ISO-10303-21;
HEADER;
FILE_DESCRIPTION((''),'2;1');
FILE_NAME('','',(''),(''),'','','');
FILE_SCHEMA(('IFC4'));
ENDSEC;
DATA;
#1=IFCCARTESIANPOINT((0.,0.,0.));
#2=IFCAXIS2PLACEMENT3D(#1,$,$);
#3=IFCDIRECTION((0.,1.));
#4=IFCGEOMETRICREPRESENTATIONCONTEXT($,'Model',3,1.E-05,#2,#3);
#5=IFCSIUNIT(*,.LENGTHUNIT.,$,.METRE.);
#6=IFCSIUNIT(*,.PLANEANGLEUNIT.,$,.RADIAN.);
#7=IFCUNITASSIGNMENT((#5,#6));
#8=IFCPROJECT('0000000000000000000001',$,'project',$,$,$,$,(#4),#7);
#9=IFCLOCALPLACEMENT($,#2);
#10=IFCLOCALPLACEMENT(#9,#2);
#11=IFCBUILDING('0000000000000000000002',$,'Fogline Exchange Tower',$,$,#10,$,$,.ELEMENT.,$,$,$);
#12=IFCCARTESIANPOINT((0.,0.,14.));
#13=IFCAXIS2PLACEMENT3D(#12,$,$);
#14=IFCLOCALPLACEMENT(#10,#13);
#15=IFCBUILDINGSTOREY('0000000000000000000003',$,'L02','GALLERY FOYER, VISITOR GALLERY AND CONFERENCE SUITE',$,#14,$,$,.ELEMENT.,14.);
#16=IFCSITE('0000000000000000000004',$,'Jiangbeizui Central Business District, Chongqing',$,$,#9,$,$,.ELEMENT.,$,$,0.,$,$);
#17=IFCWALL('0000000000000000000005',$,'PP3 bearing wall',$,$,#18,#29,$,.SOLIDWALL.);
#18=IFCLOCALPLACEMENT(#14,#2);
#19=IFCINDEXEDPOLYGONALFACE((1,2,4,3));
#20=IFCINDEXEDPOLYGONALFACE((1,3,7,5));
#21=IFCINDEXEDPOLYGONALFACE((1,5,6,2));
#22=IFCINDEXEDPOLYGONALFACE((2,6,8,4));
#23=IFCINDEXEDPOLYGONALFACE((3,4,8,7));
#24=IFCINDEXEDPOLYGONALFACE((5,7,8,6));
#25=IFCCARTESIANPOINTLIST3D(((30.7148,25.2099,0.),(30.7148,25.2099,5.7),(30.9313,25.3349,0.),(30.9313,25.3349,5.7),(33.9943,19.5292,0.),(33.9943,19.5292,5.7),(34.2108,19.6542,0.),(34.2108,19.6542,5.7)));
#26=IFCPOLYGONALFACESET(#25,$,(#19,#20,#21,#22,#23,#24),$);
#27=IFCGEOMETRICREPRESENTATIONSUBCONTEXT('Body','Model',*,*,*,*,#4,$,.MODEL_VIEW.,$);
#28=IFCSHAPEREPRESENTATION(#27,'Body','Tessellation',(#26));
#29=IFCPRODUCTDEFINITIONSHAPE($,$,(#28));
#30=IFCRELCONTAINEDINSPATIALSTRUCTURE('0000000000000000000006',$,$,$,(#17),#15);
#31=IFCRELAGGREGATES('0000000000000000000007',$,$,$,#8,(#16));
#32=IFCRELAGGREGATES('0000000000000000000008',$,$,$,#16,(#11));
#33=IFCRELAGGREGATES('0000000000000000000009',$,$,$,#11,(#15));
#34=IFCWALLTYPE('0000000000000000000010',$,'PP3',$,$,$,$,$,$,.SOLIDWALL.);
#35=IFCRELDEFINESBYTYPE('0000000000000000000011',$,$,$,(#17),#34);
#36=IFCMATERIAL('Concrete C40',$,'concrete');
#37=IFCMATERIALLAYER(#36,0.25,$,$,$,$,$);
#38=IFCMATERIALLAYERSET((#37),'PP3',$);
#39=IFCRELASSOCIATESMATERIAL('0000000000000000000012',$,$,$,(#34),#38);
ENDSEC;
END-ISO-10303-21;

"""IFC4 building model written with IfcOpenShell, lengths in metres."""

from ifc_helpers import new_model, si_unit, direction, frame, frame_2d, origin, place, context, subcontext, project, spatial, rectangle, extrude, material, layer, layer_set, type_object, element, save


model = new_model("IFC4")

# Units and contexts
model_context = context("Model", 3, precision=1e-05, world=origin(), true_north=direction((0.0, 1.0)))
body_context = subcontext(model_context, "Body", "Model", "MODEL_VIEW")
ifc_project = project(units=[si_unit("LENGTHUNIT", "METRE"), si_unit("PLANEANGLEUNIT", "RADIAN")], contexts=[model_context])

# Site, building, storey
site_placement = place(None, origin())
site = spatial("IfcSite", under=ifc_project, at=site_placement, Name="Jiangbeizui Central Business District, Chongqing", CompositionType="ELEMENT", RefElevation=0.0)
building_placement = place(site_placement, origin())
building = spatial("IfcBuilding", under=site, at=building_placement, Name="Fogline Exchange Tower", CompositionType="ELEMENT")
storey_placement = place(building_placement, frame((0.0, 0.0, 14.0)))
storey = spatial("IfcBuildingStorey", under=building, at=storey_placement, Name="L02", Description="GALLERY FOYER, VISITOR GALLERY AND CONFERENCE SUITE", CompositionType="ELEMENT", Elevation=14.0)

# Shared definitions
ifc_material_1 = material(Name="Concrete C40", Category="concrete")

# Wall
ifc_layer_1 = layer(ifc_material_1, 0.25)
ifc_layer_set_1 = layer_set([ifc_layer_1], Name="PP3")
wall_type_1 = type_object("IfcWallType", Name="PP3", PredefinedType="SOLIDWALL", material=ifc_layer_set_1)
wall_1_placement = place(storey_placement, frame((30.823, 25.2725, 0.0), z_axis=(0.0, 0.0, 1.0), x_axis=(0.499978, -0.866038, 0.0)))
element("IfcWall", 1, at=wall_1_placement, inside=storey, type_object=wall_type_1, Name="PP3 bearing wall", PredefinedType="SOLIDWALL", context=body_context, shape_type="SweptSolid", body=[
    extrude(rectangle(XDim=6.5593, YDim=0.25, at=frame_2d((3.2798, 0.0))), origin(), (0.0, 0.0, 1.0), 5.7),
])

save(model, "model.ifc")
